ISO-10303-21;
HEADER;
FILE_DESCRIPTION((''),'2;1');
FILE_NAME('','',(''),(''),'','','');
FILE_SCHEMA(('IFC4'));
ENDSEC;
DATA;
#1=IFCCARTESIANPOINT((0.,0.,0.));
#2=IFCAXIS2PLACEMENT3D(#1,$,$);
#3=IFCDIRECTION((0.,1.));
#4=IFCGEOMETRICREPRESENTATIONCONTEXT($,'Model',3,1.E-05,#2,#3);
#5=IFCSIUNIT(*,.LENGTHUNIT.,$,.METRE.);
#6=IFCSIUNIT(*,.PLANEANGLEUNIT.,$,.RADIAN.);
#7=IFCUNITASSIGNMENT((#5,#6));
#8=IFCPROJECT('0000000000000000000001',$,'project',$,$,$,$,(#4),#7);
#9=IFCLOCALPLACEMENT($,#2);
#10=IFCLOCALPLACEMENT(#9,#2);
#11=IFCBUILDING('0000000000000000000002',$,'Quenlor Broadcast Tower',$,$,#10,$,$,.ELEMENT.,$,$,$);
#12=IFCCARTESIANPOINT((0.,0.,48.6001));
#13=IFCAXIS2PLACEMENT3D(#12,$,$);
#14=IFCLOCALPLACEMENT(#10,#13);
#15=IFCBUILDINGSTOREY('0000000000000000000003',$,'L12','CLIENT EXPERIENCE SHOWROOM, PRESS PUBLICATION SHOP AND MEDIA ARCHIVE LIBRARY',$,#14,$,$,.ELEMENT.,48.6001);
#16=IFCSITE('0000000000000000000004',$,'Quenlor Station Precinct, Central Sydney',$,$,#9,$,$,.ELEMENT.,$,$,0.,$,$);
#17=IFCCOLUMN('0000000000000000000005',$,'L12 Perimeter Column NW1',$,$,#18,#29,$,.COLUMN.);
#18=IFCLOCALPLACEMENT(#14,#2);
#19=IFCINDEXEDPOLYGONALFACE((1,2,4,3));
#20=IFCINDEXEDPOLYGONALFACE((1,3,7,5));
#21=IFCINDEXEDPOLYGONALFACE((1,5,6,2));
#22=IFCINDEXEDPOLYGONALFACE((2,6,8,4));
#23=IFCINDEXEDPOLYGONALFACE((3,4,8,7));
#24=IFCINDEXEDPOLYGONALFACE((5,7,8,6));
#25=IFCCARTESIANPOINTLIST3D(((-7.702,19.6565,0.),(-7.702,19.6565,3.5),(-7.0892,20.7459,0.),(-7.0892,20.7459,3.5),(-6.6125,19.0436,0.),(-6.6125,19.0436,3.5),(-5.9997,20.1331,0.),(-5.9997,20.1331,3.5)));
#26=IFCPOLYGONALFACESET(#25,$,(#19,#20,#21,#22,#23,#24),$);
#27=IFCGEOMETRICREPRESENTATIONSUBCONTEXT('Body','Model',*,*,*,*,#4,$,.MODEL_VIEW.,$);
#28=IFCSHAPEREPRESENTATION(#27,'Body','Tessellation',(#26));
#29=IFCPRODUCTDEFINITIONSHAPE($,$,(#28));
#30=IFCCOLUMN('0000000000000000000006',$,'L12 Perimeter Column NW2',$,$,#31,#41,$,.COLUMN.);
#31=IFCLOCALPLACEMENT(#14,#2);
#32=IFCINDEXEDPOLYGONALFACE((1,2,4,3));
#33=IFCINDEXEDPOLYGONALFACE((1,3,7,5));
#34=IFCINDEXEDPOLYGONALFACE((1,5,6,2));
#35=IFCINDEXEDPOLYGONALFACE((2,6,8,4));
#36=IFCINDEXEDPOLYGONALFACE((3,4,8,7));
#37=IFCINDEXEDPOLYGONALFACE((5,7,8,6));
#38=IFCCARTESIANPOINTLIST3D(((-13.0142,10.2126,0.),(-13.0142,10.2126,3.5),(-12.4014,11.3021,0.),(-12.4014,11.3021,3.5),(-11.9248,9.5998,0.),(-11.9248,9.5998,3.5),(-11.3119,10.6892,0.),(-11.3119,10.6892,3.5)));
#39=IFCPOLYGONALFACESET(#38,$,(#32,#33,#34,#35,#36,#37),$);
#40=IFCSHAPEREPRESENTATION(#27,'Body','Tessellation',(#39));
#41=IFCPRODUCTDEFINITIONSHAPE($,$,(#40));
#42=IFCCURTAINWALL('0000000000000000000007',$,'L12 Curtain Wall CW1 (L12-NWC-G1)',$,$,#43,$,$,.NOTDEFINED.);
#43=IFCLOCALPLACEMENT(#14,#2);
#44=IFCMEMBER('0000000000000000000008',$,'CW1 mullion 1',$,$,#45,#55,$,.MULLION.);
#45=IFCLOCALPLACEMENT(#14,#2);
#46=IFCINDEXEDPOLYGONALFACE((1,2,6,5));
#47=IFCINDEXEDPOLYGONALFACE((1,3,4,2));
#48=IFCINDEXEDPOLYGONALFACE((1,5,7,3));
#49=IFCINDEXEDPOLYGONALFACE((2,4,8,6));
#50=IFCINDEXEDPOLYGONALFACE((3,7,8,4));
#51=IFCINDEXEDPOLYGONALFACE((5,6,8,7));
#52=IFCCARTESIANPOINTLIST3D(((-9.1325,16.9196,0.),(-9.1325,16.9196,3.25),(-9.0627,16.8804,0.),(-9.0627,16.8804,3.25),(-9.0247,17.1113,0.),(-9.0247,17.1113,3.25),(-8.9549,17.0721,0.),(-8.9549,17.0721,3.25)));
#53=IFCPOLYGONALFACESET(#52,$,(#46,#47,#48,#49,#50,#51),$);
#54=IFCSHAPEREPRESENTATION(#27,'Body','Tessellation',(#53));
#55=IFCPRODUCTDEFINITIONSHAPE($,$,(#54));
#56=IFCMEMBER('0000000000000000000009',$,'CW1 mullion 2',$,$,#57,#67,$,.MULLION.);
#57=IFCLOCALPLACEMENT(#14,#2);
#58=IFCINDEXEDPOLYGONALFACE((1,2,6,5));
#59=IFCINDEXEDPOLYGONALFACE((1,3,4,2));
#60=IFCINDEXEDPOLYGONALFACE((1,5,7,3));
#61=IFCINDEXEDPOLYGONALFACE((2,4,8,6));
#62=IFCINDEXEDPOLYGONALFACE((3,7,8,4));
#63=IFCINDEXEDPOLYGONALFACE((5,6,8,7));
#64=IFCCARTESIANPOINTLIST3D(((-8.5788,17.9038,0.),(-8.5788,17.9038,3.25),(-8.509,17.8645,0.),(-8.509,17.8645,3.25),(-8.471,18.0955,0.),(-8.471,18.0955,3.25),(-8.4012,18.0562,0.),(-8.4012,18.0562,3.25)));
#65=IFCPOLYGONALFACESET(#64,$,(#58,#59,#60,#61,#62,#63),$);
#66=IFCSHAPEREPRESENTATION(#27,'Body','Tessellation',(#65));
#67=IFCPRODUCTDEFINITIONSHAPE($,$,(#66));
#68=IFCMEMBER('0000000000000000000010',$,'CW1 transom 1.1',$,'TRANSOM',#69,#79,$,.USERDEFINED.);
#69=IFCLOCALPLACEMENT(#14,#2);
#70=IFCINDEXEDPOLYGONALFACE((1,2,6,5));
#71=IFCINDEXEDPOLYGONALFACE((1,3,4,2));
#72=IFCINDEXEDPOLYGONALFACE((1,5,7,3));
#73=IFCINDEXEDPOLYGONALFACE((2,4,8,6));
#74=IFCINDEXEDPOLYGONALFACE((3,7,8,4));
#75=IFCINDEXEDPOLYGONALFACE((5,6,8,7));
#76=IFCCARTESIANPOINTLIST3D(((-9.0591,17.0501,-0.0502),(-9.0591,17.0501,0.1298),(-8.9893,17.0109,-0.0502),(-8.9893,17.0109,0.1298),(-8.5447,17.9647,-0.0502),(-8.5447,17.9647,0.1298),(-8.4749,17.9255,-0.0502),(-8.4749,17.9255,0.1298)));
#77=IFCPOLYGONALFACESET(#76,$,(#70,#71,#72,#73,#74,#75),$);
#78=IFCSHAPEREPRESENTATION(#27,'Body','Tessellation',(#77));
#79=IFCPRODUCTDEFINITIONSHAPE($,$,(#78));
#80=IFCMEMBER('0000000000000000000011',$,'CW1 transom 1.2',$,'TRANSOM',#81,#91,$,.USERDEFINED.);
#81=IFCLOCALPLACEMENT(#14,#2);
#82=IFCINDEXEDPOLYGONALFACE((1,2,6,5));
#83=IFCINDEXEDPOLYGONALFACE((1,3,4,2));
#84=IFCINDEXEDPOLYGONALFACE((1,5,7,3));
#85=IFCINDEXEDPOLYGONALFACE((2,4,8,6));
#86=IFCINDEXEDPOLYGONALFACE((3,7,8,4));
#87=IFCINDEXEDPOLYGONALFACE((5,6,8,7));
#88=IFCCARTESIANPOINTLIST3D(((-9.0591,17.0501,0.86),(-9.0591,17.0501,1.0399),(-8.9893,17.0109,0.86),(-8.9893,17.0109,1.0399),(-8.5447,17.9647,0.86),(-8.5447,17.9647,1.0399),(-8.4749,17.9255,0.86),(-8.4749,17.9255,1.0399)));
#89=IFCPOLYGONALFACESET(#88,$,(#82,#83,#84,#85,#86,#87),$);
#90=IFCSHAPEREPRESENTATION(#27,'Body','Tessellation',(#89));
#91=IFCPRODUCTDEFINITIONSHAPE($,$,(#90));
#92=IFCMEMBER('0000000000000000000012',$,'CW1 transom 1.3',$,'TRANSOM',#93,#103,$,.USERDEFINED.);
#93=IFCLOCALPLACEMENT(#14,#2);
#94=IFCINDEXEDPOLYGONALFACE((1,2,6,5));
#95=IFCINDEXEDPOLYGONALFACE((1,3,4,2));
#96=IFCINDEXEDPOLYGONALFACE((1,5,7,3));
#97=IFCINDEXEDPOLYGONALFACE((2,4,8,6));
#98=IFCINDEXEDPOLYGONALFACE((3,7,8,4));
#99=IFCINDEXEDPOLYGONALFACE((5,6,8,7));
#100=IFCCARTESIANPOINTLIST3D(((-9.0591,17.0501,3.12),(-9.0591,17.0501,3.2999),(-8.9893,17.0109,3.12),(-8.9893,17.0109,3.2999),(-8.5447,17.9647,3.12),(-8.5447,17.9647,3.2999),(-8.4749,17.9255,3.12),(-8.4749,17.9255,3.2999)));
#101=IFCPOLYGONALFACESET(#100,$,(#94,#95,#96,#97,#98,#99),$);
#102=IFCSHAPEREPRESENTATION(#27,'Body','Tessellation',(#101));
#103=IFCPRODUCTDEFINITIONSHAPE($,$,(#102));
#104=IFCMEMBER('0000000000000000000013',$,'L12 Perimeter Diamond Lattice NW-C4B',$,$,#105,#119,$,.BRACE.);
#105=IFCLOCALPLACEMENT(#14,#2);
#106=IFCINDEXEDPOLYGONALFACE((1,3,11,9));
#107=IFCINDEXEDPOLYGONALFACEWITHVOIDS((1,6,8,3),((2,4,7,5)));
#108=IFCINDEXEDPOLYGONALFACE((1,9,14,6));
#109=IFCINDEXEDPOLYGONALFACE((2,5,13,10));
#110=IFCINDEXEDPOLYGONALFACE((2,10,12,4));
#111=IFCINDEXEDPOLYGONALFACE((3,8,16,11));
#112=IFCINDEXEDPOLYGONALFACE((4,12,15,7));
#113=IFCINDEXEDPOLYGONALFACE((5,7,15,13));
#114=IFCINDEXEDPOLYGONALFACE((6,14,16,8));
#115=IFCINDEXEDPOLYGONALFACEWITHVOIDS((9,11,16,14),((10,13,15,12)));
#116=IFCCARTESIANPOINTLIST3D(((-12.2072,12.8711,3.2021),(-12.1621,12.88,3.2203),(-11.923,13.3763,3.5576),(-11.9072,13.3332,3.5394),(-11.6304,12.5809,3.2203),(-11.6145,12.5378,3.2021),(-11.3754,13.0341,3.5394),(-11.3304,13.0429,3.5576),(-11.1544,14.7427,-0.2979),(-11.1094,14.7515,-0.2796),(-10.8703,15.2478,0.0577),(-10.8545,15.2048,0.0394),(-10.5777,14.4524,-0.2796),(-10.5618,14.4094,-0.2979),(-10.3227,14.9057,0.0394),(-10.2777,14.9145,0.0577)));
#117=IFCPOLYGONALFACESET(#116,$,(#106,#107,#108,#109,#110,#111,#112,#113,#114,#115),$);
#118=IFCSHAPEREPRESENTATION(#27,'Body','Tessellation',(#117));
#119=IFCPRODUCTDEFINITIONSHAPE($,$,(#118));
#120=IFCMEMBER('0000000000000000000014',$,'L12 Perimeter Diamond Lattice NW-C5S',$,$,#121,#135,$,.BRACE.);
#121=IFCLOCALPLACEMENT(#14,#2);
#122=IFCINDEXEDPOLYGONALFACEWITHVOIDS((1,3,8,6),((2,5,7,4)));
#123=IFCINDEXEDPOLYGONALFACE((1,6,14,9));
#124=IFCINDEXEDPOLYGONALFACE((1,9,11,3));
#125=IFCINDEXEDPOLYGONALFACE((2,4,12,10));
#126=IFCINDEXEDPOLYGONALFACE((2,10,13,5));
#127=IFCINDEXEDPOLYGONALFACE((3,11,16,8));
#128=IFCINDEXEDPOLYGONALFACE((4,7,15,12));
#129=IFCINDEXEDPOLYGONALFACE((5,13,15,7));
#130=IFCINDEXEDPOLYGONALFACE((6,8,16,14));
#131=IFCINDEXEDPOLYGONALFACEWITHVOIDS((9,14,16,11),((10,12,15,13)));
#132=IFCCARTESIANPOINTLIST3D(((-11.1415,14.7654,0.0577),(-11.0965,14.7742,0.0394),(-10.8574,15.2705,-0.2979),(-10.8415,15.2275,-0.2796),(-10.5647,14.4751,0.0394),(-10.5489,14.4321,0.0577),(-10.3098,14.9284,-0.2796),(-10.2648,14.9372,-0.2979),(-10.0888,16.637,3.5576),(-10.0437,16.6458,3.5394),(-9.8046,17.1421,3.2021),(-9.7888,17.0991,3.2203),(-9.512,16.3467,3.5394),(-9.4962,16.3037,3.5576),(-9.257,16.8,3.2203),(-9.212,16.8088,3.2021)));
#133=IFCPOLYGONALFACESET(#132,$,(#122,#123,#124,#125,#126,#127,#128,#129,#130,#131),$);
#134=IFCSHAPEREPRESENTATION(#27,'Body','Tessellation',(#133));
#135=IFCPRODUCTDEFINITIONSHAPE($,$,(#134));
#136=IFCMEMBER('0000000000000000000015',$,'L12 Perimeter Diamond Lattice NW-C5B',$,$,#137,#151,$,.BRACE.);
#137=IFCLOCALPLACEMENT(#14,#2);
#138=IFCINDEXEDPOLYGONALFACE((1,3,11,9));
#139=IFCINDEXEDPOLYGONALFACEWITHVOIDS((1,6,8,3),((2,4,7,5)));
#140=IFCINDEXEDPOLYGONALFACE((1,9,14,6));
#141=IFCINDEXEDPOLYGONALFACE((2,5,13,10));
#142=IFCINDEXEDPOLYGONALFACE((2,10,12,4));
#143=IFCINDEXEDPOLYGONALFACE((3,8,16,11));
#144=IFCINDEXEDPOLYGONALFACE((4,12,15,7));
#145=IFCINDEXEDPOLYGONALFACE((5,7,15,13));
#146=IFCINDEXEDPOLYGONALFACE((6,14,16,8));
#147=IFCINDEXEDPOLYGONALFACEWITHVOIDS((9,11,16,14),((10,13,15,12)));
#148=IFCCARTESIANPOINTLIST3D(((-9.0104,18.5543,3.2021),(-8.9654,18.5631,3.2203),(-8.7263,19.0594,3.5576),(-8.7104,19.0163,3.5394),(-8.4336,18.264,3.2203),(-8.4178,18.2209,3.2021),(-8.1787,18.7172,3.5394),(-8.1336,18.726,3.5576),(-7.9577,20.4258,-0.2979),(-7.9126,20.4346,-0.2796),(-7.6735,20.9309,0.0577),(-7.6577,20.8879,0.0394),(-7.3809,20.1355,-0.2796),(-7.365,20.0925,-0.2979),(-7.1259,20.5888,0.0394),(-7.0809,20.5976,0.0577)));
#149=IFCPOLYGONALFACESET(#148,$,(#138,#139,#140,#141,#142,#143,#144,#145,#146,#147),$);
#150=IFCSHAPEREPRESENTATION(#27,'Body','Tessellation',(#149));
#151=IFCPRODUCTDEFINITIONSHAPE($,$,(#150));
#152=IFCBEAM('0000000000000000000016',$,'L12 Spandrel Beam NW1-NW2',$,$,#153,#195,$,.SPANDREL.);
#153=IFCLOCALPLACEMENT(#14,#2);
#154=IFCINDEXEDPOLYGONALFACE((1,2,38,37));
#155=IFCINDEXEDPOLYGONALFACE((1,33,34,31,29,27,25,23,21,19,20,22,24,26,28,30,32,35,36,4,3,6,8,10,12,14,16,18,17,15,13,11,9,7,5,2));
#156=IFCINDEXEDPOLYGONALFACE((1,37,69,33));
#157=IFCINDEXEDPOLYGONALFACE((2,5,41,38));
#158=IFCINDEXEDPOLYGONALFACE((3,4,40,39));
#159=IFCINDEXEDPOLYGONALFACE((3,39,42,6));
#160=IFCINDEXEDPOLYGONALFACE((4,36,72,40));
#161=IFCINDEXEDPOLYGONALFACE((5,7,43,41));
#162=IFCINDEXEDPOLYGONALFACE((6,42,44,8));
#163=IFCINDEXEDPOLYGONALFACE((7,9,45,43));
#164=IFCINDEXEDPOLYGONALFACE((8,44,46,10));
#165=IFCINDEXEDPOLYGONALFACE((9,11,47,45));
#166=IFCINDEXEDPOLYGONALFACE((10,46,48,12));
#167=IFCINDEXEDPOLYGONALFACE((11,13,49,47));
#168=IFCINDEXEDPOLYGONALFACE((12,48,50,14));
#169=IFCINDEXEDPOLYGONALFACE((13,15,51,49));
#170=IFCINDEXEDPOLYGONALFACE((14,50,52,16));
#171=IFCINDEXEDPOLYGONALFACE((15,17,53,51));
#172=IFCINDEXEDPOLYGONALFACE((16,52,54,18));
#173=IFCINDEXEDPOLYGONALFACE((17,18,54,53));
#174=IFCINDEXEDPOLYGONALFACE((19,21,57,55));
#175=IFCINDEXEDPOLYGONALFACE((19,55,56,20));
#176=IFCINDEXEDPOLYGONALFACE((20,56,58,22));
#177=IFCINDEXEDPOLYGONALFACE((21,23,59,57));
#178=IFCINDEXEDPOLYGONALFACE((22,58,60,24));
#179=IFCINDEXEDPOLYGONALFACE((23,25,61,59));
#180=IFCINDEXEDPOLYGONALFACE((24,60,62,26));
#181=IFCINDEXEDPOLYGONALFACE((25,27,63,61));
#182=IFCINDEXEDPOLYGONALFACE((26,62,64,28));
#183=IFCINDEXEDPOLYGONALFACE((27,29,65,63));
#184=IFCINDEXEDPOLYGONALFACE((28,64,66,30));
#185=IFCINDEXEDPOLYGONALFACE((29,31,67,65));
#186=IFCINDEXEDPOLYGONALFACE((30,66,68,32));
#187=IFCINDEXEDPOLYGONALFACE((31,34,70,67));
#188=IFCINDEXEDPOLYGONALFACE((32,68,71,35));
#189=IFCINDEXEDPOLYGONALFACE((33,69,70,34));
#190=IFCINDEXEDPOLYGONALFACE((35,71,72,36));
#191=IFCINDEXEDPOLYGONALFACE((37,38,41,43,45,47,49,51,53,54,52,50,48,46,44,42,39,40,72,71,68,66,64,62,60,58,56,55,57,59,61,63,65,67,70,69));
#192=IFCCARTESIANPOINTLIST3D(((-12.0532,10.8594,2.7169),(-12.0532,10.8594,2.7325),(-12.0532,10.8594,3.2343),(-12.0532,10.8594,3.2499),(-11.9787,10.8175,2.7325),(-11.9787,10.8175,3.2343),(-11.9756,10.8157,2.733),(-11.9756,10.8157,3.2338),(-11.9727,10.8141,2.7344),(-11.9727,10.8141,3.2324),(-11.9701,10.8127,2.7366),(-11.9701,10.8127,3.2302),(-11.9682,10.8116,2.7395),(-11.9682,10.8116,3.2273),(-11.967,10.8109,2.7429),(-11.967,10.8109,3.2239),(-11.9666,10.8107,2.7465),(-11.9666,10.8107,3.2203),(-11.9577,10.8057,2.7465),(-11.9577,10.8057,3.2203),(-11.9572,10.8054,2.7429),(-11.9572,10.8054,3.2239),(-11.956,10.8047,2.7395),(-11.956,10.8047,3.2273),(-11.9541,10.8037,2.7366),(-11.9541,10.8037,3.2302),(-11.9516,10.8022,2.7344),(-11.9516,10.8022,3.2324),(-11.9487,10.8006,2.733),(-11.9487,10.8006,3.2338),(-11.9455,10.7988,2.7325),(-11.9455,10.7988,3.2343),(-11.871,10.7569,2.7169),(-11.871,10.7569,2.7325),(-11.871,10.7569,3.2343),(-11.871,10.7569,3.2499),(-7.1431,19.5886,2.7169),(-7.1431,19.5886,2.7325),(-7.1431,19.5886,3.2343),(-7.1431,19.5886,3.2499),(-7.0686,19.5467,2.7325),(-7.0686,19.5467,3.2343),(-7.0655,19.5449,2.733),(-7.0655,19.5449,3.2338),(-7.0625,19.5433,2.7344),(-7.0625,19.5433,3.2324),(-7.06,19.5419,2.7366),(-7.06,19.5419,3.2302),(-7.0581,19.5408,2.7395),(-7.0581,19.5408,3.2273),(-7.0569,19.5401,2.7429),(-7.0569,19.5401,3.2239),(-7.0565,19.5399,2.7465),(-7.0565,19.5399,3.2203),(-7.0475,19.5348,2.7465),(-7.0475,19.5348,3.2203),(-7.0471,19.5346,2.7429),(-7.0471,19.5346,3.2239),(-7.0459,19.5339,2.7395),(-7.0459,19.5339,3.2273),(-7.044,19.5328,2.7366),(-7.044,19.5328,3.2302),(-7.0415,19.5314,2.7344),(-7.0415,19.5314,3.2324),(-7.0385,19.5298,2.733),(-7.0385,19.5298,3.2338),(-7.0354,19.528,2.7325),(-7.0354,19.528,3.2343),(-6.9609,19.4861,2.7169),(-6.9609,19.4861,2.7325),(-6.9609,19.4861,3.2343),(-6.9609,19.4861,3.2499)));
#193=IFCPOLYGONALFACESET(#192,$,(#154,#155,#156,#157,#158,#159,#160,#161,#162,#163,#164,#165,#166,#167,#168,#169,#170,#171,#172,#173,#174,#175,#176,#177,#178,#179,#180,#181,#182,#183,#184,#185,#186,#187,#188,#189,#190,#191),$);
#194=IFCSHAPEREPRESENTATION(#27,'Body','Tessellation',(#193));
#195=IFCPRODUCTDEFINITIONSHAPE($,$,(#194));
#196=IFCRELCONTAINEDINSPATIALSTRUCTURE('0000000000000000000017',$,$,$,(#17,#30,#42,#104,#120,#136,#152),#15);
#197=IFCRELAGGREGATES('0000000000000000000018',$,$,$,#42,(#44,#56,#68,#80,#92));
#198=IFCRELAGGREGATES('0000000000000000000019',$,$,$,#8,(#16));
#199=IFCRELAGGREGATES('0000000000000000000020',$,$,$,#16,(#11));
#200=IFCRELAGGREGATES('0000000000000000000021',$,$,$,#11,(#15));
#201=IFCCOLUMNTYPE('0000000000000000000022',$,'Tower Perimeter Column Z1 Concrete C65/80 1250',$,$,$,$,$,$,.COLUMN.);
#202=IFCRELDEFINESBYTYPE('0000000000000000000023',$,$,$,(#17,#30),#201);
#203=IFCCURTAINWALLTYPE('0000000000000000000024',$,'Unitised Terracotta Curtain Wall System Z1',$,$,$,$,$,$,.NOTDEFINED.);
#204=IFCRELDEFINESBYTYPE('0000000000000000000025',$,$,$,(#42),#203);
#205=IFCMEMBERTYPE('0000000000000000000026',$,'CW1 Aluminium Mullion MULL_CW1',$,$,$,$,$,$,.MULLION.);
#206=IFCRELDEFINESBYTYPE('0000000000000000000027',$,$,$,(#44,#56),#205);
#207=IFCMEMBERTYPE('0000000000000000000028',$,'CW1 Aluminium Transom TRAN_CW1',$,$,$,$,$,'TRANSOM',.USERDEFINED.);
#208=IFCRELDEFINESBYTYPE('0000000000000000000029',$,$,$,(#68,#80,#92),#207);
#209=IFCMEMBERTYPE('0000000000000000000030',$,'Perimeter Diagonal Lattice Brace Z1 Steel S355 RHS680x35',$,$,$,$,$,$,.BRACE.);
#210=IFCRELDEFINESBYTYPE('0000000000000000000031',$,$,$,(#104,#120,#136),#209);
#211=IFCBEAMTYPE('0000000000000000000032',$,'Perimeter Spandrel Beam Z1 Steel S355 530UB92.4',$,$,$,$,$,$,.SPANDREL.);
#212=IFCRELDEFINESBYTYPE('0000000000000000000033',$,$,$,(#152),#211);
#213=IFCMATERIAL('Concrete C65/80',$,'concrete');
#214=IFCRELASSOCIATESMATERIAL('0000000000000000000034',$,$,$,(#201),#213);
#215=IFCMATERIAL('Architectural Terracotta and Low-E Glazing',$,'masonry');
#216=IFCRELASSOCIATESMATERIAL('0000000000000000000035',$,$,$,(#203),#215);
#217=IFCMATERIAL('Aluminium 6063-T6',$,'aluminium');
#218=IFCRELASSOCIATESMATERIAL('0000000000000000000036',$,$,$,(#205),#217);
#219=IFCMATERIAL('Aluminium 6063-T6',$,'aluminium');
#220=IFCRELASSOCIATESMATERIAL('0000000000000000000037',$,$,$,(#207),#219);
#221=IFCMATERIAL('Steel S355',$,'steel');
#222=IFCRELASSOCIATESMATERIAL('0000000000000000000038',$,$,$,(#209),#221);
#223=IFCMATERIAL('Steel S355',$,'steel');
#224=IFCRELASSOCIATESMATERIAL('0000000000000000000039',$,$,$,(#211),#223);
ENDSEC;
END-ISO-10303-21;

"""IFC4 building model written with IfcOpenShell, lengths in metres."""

from ifc_helpers import new_model, si_unit, direction, frame, origin, origin_2d, place, context, subcontext, project, spatial, rectangle, hollow_rectangle, i_section, extrude, material, material_profile, profile_set, type_object, element, aggregate, save


model = new_model("IFC4")

# Units and contexts
model_context = context("Model", 3, precision=1e-05, world=origin(), true_north=direction((0.0, 1.0)))
body_context = subcontext(model_context, "Body", "Model", "MODEL_VIEW")
ifc_project = project(units=[si_unit("LENGTHUNIT", "METRE"), si_unit("PLANEANGLEUNIT", "RADIAN")], contexts=[model_context])

# Site, building, storey
site_placement = place(None, origin())
site = spatial("IfcSite", under=ifc_project, at=site_placement, Name="Quenlor Station Precinct, Central Sydney", CompositionType="ELEMENT", RefElevation=0.0)
building_placement = place(site_placement, origin())
building = spatial("IfcBuilding", under=site, at=building_placement, Name="Quenlor Broadcast Tower", CompositionType="ELEMENT")
storey_placement = place(building_placement, frame((0.0, 0.0, 48.6001)))
storey = spatial("IfcBuildingStorey", under=building, at=storey_placement, Name="L12", Description="CLIENT EXPERIENCE SHOWROOM, PRESS PUBLICATION SHOP AND MEDIA ARCHIVE LIBRARY", CompositionType="ELEMENT", Elevation=48.6001)

# Columns
ifc_material_1 = material(Name="Concrete C65/80", Category="concrete")
ifc_material_profile_1 = material_profile(ifc_material_1, rectangle(XDim=1.25, YDim=1.25, at=origin_2d()))
ifc_profile_set_1 = profile_set([ifc_material_profile_1], Name="Concrete C65/80 RC1250x1250")
column_type = type_object("IfcColumnType", Name="Tower Perimeter Column Z1 Concrete C65/80 1250", PredefinedType="COLUMN", material=ifc_profile_set_1)
for number, where, z_axis, x_axis, name in (
    (1, (-6.8508, 19.8948, 0.0), (0.0, 0.0, 1.0), (-0.871575, 0.490262, 0.0), "L12 Perimeter Column NW1"),
    (2, (-12.1631, 10.4509, 0.0), (0.0, 0.0, 1.0), (-0.871575, 0.490262, 0.0), "L12 Perimeter Column NW2"),
):
    element("IfcColumn", number, at=place(storey_placement, frame(where, z_axis=z_axis, x_axis=x_axis)), inside=storey, type_object=column_type, Name=name, PredefinedType="COLUMN", context=body_context, shape_type="SweptSolid", body=[
        extrude(rectangle(XDim=1.25, YDim=1.25, at=origin_2d()), origin(), (0.0, 0.0, 1.0), 3.5),
    ])

# Curtain wall, members
ifc_material_2 = material(Name="Architectural Terracotta and Low-E Glazing", Category="masonry")
curtain_wall_type = type_object("IfcCurtainWallType", Name="Unitised Terracotta Curtain Wall System Z1", PredefinedType="NOTDEFINED", material=ifc_material_2)
curtain_wall_placement = place(storey_placement, origin())
curtain_wall = element("IfcCurtainWall", 3, at=curtain_wall_placement, inside=storey, type_object=curtain_wall_type, Name="L12 Curtain Wall CW1 (L12-NWC-G1)", PredefinedType="NOTDEFINED")
ifc_material_3 = material(Name="Aluminium 6063-T6", Category="aluminium")
ifc_material_profile_2 = material_profile(ifc_material_3, rectangle(XDim=0.0801, YDim=0.22, at=origin_2d()))
ifc_profile_set_2 = profile_set([ifc_material_profile_2], Name="Aluminium 6063-T6 MULL80x220")
member_type_1 = type_object("IfcMemberType", Name="CW1 Aluminium Mullion MULL_CW1", PredefinedType="MULLION", material=ifc_profile_set_2)
member_1_placement = place(storey_placement, frame((-9.0437, 16.9958, 0.0), z_axis=(0.0, 0.0, 1.0), x_axis=(-0.871567, 0.490277, 0.0)))
member_1 = element("IfcMember", 4, at=member_1_placement, type_object=member_type_1, Name="CW1 mullion 1", PredefinedType="MULLION", context=body_context, shape_type="SweptSolid", body=[
    extrude(rectangle(XDim=0.0801, YDim=0.22, at=origin_2d()), origin(), (0.0, 0.0, 1.0), 3.25),
])
member_2_placement = place(storey_placement, frame((-8.49, 17.98, 0.0), z_axis=(0.0, 0.0, 1.0), x_axis=(-0.871567, 0.490277, 0.0)))
member_2 = element("IfcMember", 5, at=member_2_placement, type_object=member_type_1, Name="CW1 mullion 2", PredefinedType="MULLION", context=body_context, shape_type="SweptSolid", body=[
    extrude(rectangle(XDim=0.0801, YDim=0.22, at=origin_2d()), origin(), (0.0, 0.0, 1.0), 3.25),
])
ifc_material_4 = material(Name="Aluminium 6063-T6", Category="aluminium")
ifc_material_profile_3 = material_profile(ifc_material_4, rectangle(XDim=0.0801, YDim=0.1799, at=origin_2d()))
ifc_profile_set_3 = profile_set([ifc_material_profile_3], Name="Aluminium 6063-T6 TRAN80x180")
member_type_2 = type_object("IfcMemberType", Name="CW1 Aluminium Transom TRAN_CW1", ElementType="TRANSOM", PredefinedType="USERDEFINED", material=ifc_profile_set_3)
member_3_placement = place(storey_placement, frame((-9.0242, 17.0305, 0.0398), z_axis=(0.490239, 0.871588, 0.0), x_axis=(-0.871588, 0.490239, 0.0)))
member_3 = element("IfcMember", 6, at=member_3_placement, type_object=member_type_2, Name="CW1 transom 1.1", ObjectType="TRANSOM", PredefinedType="USERDEFINED", context=body_context, shape_type="SweptSolid", body=[
    extrude(rectangle(XDim=0.0801, YDim=0.1799, at=origin_2d()), origin(), (0.0, 0.0, 1.0), 1.0493),
])
member_4_placement = place(storey_placement, frame((-9.0242, 17.0305, 0.95), z_axis=(0.490239, 0.871588, 0.0), x_axis=(-0.871588, 0.490239, 0.0)))
member_4 = element("IfcMember", 7, at=member_4_placement, type_object=member_type_2, Name="CW1 transom 1.2", ObjectType="TRANSOM", PredefinedType="USERDEFINED", context=body_context, shape_type="SweptSolid", body=[
    extrude(rectangle(XDim=0.0801, YDim=0.1799, at=origin_2d()), origin(), (0.0, 0.0, 1.0), 1.0493),
])
member_5_placement = place(storey_placement, frame((-9.0242, 17.0305, 3.21), z_axis=(0.490239, 0.871588, 0.0), x_axis=(-0.871588, 0.490239, 0.0)))
member_5 = element("IfcMember", 8, at=member_5_placement, type_object=member_type_2, Name="CW1 transom 1.3", ObjectType="TRANSOM", PredefinedType="USERDEFINED", context=body_context, shape_type="SweptSolid", body=[
    extrude(rectangle(XDim=0.0801, YDim=0.1799, at=origin_2d()), origin(), (0.0, 0.0, 1.0), 1.0493),
])

# Members
ifc_material_5 = material(Name="Steel S355", Category="steel")
ifc_material_profile_4 = material_profile(ifc_material_5, hollow_rectangle(XDim=0.6799, YDim=0.6799, WallThickness=0.0349, at=origin_2d()))
ifc_profile_set_4 = profile_set([ifc_material_profile_4], Name="Steel S355 RHS680x680x35")
member_type_3 = type_object("IfcMemberType", Name="Perimeter Diagonal Lattice Brace Z1 Steel S355 RHS680x35", PredefinedType="BRACE", material=ifc_profile_set_4)
for number, where, z_axis, x_axis, name in (
    (9, (-10.7161, 14.8286, -0.1201), (-0.256375, -0.455792, 0.852365), (0.871582, -0.49025, 0.0), "L12 Perimeter Diamond Lattice NW-C4B"),
    (10, (-10.7031, 14.8513, -0.1201), (0.256375, 0.455792, 0.852365), (-0.871582, 0.49025, 0.0), "L12 Perimeter Diamond Lattice NW-C5S"),
    (11, (-7.5193, 20.5117, -0.1201), (-0.256375, -0.455792, 0.852365), (0.871582, -0.49025, 0.0), "L12 Perimeter Diamond Lattice NW-C5B"),
):
    element("IfcMember", number, at=place(storey_placement, frame(where, z_axis=z_axis, x_axis=x_axis)), inside=storey, type_object=member_type_3, Name=name, PredefinedType="BRACE", context=body_context, shape_type="SweptSolid", body=[
        extrude(hollow_rectangle(XDim=0.6799, YDim=0.6799, WallThickness=0.0349, at=origin_2d()), origin(), (0.0, 0.0, 1.0), 4.1062),
    ])

# Beam
ifc_material_6 = material(Name="Steel S355", Category="steel")
ifc_material_profile_5 = material_profile(ifc_material_6, i_section(OverallWidth=0.209, OverallDepth=0.533, WebThickness=0.0103, FlangeThickness=0.0156, FilletRadius=0.0139, at=origin_2d()))
ifc_profile_set_5 = profile_set([ifc_material_profile_5], Name="Steel S355 530UB92.4")
beam_type_1 = type_object("IfcBeamType", Name="Perimeter Spandrel Beam Z1 Steel S355 530UB92.4", PredefinedType="SPANDREL", material=ifc_profile_set_5)
beam_1_placement = place(storey_placement, frame((-7.052, 19.5374, 2.9834), z_axis=(-0.490258, -0.871577, 0.0), x_axis=(0.871577, -0.490258, 0.0)))
element("IfcBeam", 12, at=beam_1_placement, inside=storey, type_object=beam_type_1, Name="L12 Spandrel Beam NW1-NW2", PredefinedType="SPANDREL", context=body_context, shape_type="SweptSolid", body=[
    extrude(i_section(OverallWidth=0.209, OverallDepth=0.533, WebThickness=0.0103, FlangeThickness=0.0156, FilletRadius=0.0139, at=origin_2d()), origin(), (0.0, 0.0, 1.0), 10.0154),
])

aggregate(curtain_wall, [member_1, member_2, member_3, member_4, member_5])

save(model, "model.ifc")
